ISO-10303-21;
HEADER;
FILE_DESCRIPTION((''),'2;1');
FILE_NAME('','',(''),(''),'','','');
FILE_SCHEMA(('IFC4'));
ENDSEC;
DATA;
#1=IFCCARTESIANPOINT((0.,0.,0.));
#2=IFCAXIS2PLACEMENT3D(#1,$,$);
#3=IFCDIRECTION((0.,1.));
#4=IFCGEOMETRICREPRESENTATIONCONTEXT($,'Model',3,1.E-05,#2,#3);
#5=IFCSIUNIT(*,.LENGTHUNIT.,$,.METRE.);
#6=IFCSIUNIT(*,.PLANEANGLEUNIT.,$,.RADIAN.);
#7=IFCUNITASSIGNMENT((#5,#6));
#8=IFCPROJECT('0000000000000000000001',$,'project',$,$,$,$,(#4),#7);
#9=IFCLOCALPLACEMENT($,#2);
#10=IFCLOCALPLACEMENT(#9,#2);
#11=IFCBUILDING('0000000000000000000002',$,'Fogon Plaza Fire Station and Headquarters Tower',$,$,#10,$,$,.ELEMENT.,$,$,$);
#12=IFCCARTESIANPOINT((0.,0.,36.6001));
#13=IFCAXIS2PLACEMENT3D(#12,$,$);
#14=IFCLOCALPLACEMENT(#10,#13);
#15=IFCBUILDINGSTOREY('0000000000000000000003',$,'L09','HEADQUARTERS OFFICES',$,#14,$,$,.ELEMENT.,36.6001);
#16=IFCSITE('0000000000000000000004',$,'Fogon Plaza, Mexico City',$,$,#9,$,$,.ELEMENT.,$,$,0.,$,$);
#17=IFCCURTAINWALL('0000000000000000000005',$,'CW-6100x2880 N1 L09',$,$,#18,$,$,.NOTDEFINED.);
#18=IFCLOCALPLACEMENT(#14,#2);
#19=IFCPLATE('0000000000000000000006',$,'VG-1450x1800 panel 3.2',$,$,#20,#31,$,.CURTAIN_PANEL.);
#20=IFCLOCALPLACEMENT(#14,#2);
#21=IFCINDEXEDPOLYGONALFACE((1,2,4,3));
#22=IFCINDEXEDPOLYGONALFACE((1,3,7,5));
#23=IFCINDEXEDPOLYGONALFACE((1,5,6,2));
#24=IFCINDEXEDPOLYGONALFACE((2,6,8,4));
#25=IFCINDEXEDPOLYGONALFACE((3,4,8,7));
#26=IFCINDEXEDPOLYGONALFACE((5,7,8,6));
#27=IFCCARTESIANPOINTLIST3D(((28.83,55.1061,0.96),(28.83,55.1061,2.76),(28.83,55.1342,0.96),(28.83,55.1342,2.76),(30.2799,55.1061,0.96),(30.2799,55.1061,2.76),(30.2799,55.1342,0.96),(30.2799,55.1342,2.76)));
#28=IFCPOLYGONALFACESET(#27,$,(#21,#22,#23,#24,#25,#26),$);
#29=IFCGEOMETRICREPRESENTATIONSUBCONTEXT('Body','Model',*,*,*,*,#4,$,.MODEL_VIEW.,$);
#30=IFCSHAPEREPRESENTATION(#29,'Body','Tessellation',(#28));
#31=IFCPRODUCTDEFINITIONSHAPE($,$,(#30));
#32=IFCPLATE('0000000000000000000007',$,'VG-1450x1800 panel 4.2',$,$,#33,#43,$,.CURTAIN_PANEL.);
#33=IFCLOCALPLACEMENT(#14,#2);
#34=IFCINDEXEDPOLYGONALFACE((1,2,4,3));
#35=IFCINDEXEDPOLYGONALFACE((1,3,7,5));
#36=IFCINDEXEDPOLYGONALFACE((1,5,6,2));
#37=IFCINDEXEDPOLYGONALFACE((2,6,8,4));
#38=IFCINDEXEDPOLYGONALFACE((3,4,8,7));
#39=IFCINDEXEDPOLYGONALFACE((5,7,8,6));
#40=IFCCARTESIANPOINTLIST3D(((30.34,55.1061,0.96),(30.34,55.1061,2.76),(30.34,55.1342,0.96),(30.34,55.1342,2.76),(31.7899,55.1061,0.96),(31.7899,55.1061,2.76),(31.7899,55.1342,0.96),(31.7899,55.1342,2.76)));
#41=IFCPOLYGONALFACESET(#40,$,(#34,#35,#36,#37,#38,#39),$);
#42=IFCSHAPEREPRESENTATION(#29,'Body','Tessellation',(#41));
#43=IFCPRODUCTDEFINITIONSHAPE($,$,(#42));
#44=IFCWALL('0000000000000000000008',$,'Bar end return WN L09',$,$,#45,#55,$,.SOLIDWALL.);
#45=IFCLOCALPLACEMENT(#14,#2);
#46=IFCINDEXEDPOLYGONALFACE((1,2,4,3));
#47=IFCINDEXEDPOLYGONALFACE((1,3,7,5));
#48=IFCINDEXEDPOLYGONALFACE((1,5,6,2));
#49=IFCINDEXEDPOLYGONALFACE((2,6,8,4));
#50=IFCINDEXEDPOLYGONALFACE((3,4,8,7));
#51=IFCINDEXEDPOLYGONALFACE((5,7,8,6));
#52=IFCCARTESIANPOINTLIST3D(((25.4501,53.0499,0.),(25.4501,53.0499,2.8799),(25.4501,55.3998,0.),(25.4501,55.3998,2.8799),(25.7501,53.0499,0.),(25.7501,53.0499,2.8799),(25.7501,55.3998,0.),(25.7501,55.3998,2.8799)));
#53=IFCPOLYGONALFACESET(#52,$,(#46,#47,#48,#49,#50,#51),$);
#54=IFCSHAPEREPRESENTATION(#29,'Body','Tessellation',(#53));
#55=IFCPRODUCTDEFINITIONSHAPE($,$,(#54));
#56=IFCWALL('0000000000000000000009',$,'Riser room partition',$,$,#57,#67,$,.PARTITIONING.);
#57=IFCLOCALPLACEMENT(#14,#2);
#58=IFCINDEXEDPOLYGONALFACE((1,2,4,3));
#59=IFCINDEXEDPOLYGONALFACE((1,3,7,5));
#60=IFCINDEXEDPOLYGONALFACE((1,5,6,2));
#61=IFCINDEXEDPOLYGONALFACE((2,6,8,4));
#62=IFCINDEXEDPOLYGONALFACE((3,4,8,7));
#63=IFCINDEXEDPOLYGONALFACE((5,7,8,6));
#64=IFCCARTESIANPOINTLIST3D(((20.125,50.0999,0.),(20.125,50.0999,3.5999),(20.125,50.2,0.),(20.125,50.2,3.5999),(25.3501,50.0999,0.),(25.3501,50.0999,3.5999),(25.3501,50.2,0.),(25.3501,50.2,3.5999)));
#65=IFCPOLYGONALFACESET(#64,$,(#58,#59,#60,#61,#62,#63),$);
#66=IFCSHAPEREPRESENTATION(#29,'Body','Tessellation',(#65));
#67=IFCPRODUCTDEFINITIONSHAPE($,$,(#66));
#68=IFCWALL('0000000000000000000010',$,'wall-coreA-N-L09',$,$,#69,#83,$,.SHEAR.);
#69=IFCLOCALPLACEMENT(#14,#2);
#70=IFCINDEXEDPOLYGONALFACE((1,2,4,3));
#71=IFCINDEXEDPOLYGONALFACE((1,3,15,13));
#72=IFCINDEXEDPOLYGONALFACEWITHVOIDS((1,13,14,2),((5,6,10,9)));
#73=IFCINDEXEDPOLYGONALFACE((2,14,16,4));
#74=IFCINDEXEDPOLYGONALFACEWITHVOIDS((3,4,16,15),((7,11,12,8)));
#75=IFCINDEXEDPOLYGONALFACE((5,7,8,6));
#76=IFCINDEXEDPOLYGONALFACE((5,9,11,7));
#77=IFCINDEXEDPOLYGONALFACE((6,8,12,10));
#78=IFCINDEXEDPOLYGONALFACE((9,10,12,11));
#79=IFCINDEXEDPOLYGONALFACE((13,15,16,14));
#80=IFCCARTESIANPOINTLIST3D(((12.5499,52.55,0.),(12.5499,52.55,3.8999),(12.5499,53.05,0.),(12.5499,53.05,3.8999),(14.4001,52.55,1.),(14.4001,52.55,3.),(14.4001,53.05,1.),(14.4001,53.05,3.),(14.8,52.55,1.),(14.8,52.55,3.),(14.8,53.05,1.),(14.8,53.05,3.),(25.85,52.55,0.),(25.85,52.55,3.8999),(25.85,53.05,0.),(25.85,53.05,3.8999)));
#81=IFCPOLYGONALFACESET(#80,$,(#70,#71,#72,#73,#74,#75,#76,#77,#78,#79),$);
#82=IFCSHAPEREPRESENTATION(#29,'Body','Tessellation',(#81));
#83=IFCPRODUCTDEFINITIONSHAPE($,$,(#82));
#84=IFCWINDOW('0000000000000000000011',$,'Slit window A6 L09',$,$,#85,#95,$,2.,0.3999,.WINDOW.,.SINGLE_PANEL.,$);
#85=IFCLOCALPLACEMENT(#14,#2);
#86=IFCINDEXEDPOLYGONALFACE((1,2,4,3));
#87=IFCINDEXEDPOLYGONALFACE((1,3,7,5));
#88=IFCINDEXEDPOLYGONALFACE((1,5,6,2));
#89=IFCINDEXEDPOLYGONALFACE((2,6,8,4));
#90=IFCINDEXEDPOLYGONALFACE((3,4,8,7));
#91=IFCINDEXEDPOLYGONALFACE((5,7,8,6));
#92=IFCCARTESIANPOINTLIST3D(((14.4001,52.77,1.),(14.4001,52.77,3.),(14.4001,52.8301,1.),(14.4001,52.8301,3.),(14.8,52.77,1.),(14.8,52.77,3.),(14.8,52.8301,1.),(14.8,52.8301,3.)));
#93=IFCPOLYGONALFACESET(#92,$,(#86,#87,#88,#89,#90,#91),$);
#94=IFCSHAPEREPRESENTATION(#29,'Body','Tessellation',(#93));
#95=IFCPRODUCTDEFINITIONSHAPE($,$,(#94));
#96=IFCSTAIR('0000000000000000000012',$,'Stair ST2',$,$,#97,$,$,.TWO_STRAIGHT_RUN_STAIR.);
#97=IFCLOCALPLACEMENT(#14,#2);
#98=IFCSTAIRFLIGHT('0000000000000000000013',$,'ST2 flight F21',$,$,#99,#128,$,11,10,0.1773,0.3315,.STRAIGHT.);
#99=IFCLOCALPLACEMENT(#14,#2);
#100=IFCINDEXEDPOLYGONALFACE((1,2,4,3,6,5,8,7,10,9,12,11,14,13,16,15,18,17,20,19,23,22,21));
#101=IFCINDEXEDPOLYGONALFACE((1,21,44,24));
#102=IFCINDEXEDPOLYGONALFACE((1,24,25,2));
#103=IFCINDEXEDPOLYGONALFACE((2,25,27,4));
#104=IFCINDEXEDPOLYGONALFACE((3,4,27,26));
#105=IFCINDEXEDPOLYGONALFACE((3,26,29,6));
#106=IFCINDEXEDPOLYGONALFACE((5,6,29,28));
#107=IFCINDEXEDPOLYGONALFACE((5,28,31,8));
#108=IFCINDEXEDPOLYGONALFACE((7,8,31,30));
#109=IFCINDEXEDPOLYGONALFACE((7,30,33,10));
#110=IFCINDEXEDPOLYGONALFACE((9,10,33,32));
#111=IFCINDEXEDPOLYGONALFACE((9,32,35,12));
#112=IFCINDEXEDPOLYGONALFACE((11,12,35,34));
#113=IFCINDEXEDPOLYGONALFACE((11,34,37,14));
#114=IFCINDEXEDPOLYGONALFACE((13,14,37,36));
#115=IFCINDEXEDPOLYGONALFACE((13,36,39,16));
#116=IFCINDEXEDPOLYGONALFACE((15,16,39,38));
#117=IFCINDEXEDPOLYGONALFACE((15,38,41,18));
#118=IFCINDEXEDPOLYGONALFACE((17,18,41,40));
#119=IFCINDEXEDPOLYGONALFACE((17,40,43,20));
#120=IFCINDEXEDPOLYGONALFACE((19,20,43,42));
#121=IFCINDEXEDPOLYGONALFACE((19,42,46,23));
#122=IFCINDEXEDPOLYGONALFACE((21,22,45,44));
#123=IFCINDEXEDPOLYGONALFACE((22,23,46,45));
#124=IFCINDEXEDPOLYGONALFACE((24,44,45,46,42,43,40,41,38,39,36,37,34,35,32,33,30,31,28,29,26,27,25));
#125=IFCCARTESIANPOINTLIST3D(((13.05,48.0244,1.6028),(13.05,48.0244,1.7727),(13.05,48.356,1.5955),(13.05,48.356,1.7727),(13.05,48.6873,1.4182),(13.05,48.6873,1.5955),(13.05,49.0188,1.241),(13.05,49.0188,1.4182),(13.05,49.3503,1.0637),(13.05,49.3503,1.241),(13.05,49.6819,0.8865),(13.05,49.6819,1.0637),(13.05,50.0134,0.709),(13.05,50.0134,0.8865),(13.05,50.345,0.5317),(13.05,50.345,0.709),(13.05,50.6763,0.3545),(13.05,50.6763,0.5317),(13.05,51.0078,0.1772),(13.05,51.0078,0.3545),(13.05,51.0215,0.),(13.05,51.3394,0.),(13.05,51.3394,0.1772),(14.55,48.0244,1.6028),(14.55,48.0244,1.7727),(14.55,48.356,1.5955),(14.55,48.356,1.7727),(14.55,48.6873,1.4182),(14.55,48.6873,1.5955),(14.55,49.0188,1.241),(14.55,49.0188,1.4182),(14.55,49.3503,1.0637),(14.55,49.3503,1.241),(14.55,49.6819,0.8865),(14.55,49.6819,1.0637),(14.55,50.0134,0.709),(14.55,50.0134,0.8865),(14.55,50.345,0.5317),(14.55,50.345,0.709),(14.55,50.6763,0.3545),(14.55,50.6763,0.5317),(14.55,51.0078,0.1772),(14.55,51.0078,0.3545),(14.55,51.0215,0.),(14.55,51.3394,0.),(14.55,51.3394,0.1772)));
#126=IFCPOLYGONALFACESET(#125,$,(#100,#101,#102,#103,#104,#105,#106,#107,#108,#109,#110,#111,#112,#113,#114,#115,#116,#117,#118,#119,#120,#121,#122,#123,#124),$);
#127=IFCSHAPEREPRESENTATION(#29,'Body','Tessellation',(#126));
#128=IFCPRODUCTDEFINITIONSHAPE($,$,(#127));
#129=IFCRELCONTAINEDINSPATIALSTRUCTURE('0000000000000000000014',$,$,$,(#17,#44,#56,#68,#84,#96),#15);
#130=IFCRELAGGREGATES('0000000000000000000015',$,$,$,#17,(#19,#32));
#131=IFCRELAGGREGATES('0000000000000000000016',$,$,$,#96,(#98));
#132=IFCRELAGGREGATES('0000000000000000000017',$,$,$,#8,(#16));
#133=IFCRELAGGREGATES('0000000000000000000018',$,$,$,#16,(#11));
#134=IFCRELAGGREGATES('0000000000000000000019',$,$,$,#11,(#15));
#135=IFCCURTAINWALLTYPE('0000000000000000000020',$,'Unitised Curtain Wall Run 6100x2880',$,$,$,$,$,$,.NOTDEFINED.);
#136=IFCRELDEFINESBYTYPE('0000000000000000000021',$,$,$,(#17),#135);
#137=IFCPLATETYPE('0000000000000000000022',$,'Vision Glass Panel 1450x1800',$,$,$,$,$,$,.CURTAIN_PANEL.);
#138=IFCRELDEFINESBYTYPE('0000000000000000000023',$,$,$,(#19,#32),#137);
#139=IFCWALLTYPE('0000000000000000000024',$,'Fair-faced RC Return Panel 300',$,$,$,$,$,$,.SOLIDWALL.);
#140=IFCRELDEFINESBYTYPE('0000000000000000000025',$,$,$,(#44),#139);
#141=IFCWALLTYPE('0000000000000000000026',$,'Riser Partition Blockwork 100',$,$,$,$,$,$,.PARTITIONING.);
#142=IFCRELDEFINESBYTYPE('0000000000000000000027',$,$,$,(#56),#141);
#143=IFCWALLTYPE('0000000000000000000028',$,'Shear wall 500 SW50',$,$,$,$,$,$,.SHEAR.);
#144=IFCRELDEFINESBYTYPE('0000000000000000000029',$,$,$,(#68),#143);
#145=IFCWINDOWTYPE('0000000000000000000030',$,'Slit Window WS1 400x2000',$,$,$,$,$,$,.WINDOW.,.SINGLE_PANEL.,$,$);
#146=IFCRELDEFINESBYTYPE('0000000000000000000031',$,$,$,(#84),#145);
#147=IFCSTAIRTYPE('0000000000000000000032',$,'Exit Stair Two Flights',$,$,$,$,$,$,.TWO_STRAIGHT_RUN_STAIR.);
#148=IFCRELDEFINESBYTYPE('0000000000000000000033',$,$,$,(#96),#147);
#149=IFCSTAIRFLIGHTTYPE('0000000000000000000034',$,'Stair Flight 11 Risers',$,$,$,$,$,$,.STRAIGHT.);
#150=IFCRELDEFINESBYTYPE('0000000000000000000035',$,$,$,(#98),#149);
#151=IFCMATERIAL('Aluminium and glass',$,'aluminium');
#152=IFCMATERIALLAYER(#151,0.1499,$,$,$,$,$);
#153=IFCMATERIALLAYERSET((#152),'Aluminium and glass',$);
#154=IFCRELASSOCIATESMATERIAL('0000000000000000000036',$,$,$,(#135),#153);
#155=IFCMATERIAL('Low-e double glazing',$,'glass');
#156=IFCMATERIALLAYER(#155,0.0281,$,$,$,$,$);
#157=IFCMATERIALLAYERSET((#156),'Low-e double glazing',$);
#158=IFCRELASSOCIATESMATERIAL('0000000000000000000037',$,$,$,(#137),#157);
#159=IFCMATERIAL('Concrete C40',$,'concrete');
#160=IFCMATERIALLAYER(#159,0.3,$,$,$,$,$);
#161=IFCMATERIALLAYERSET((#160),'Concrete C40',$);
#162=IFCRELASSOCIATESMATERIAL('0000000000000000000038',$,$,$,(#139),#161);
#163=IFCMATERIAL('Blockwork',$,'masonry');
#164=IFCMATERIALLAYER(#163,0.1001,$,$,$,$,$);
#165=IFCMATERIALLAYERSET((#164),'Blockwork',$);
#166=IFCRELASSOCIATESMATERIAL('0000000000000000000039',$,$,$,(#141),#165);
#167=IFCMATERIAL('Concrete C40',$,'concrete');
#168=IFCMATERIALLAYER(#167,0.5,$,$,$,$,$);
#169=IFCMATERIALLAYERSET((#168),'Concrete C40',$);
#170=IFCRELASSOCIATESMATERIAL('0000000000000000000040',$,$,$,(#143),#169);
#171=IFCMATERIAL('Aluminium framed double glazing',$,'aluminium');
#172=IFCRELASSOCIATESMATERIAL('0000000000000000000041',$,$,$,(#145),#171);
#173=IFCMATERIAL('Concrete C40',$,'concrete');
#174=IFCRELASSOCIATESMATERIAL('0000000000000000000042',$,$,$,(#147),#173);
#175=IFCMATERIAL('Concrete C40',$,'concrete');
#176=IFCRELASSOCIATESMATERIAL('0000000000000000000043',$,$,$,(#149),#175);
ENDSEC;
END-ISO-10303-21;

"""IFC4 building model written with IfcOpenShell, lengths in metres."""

from ifc_helpers import new_model, si_unit, direction, frame, frame_2d, origin, origin_2d, place, context, subcontext, project, spatial, polyline, rectangle, outline, extrude, material, layer, layer_set, type_object, element, fill, aggregate, save


model = new_model("IFC4")

# Units and contexts
model_context = context("Model", 3, precision=1e-05, world=origin(), true_north=direction((0.0, 1.0)))
body_context = subcontext(model_context, "Body", "Model", "MODEL_VIEW")
ifc_project = project(units=[si_unit("LENGTHUNIT", "METRE"), si_unit("PLANEANGLEUNIT", "RADIAN")], contexts=[model_context])

# Site, building, storey
site_placement = place(None, origin())
site = spatial("IfcSite", under=ifc_project, at=site_placement, Name="Fogon Plaza, Mexico City", CompositionType="ELEMENT", RefElevation=0.0)
building_placement = place(site_placement, origin())
building = spatial("IfcBuilding", under=site, at=building_placement, Name="Fogon Plaza Fire Station and Headquarters Tower", CompositionType="ELEMENT")
storey_placement = place(building_placement, frame((0.0, 0.0, 36.6001)))
storey = spatial("IfcBuildingStorey", under=building, at=storey_placement, Name="L09", Description="HEADQUARTERS OFFICES", CompositionType="ELEMENT", Elevation=36.6001)

# Curtain wall
ifc_material_1 = material(Name="Aluminium and glass", Category="aluminium")
ifc_layer_1 = layer(ifc_material_1, 0.1499)
ifc_layer_set_1 = layer_set([ifc_layer_1], Name="Aluminium and glass")
curtain_wall_type = type_object("IfcCurtainWallType", Name="Unitised Curtain Wall Run 6100x2880", PredefinedType="NOTDEFINED", material=ifc_layer_set_1)
curtain_wall_placement = place(storey_placement, origin())
curtain_wall = element("IfcCurtainWall", 1, at=curtain_wall_placement, inside=storey, type_object=curtain_wall_type, Name="CW-6100x2880 N1 L09", PredefinedType="NOTDEFINED")

# Plates
ifc_material_2 = material(Name="Low-e double glazing", Category="glass")
ifc_layer_2 = layer(ifc_material_2, 0.0281)
ifc_layer_set_2 = layer_set([ifc_layer_2], Name="Low-e double glazing")
plate_type_1 = type_object("IfcPlateType", Name="Vision Glass Panel 1450x1800", PredefinedType="CURTAIN_PANEL", material=ifc_layer_set_2)
plate_1_placement = place(storey_placement, frame((29.5549, 55.1201, 0.96), z_axis=(0.0, 0.0, 1.0), x_axis=(1.0, 0.0, 0.0)))
plate_1 = element("IfcPlate", 2, at=plate_1_placement, type_object=plate_type_1, Name="VG-1450x1800 panel 3.2", PredefinedType="CURTAIN_PANEL", context=body_context, shape_type="SweptSolid", body=[
    extrude(rectangle(XDim=1.45, YDim=0.0281, at=origin_2d()), origin(), (0.0, 0.0, 1.0), 1.8),
])
plate_2_placement = place(storey_placement, frame((31.0649, 55.1201, 0.96), z_axis=(0.0, 0.0, 1.0), x_axis=(1.0, 0.0, 0.0)))
plate_2 = element("IfcPlate", 3, at=plate_2_placement, type_object=plate_type_1, Name="VG-1450x1800 panel 4.2", PredefinedType="CURTAIN_PANEL", context=body_context, shape_type="SweptSolid", body=[
    extrude(rectangle(XDim=1.45, YDim=0.0281, at=origin_2d()), origin(), (0.0, 0.0, 1.0), 1.8),
])
aggregate(curtain_wall, [plate_1, plate_2])

# Walls
ifc_material_3 = material(Name="Concrete C40", Category="concrete")
ifc_layer_3 = layer(ifc_material_3, 0.3)
ifc_layer_set_3 = layer_set([ifc_layer_3], Name="Concrete C40")
wall_type_1 = type_object("IfcWallType", Name="Fair-faced RC Return Panel 300", PredefinedType="SOLIDWALL", material=ifc_layer_set_3)
wall_1_placement = place(storey_placement, frame((25.6001, 53.05, 0.0), z_axis=(0.0, 0.0, 1.0), x_axis=(0.0, 1.0, 0.0)))
element("IfcWall", 4, at=wall_1_placement, inside=storey, type_object=wall_type_1, Name="Bar end return WN L09", PredefinedType="SOLIDWALL", context=body_context, shape_type="SweptSolid", body=[
    extrude(rectangle(XDim=2.3499, YDim=0.3, at=frame_2d((1.1748, 0.0))), origin(), (0.0, 0.0, 1.0), 2.8799),
])
ifc_material_4 = material(Name="Blockwork", Category="masonry")
ifc_layer_4 = layer(ifc_material_4, 0.1001)
ifc_layer_set_4 = layer_set([ifc_layer_4], Name="Blockwork")
wall_type_2 = type_object("IfcWallType", Name="Riser Partition Blockwork 100", PredefinedType="PARTITIONING", material=ifc_layer_set_4)
wall_2_placement = place(storey_placement, frame((20.125, 50.1499, 0.0), z_axis=(0.0, 0.0, 1.0), x_axis=(1.0, 0.0, 0.0)))
element("IfcWall", 5, at=wall_2_placement, inside=storey, type_object=wall_type_2, Name="Riser room partition", PredefinedType="PARTITIONING", context=body_context, shape_type="SweptSolid", body=[
    extrude(rectangle(XDim=5.2251, YDim=0.1001, at=frame_2d((2.6125, 0.0))), origin(), (0.0, 0.0, 1.0), 3.5999),
])

# Wall, opening, window
ifc_material_5 = material(Name="Concrete C40", Category="concrete")
ifc_layer_5 = layer(ifc_material_5, 0.5)
ifc_layer_set_5 = layer_set([ifc_layer_5], Name="Concrete C40")
wall_type_3 = type_object("IfcWallType", Name="Shear wall 500 SW50", PredefinedType="SHEAR", material=ifc_layer_set_5)
wall_3_placement = place(storey_placement, frame((12.55, 52.8, 0.0), z_axis=(0.0, 0.0, 1.0), x_axis=(1.0, 0.0, 0.0)))
wall_3 = element("IfcWall", 6, at=wall_3_placement, inside=storey, type_object=wall_type_3, Name="wall-coreA-N-L09", PredefinedType="SHEAR", context=body_context, shape_type="SweptSolid", body=[
    extrude(rectangle(XDim=13.3, YDim=0.5, at=frame_2d((6.6499, 0.0))), origin(), (0.0, 0.0, 1.0), 3.8999),
])
opening_placement = place(wall_3_placement, frame((1.8501, 0.0, 1.0)))
opening = element("IfcOpeningElement", 7, at=opening_placement, cuts=wall_3, PredefinedType="OPENING", context=body_context, shape_type="SweptSolid", body=[
    extrude(rectangle(XDim=0.3999, YDim=2.0, at=frame_2d((0.2, 1.0))), frame((0.0, 0.26, 0.0), z_axis=(0.0, -1.0, 0.0), x_axis=(1.0, 0.0, 0.0)), (0.0, 0.0, 1.0), 0.52),
])
ifc_material_6 = material(Name="Aluminium framed double glazing", Category="aluminium")
window_type = type_object("IfcWindowType", Name="Slit Window WS1 400x2000", PartitioningType="SINGLE_PANEL", PredefinedType="WINDOW", material=ifc_material_6)
window_placement = place(opening_placement, origin())
window = element("IfcWindow", 8, at=window_placement, inside=storey, type_object=window_type, Name="Slit window A6 L09", OverallHeight=2.0, OverallWidth=0.3999, PartitioningType="SINGLE_PANEL", PredefinedType="WINDOW", context=body_context, shape_type="SweptSolid", body=[
    extrude(rectangle(XDim=0.3999, YDim=2.0, at=frame_2d((0.2, 1.0))), frame((0.0, 0.03, 0.0), z_axis=(0.0, -1.0, 0.0), x_axis=(1.0, 0.0, 0.0)), (0.0, 0.0, 1.0), 0.0601),
])
fill(opening, window)

# Stair, stair flight
ifc_material_7 = material(Name="Concrete C40", Category="concrete")
stair_type = type_object("IfcStairType", Name="Exit Stair Two Flights", PredefinedType="TWO_STRAIGHT_RUN_STAIR", material=ifc_material_7)
stair_placement = place(storey_placement, origin())
stair = element("IfcStair", 9, at=stair_placement, inside=storey, type_object=stair_type, Name="Stair ST2", PredefinedType="TWO_STRAIGHT_RUN_STAIR")
ifc_material_8 = material(Name="Concrete C40", Category="concrete")
stair_flight_type = type_object("IfcStairFlightType", Name="Stair Flight 11 Risers", PredefinedType="STRAIGHT", material=ifc_material_8)
stair_flight_placement = place(storey_placement, frame((13.8, 51.3394, 0.0), z_axis=(0.0, 0.0, 1.0), x_axis=(0.0, -1.0, 0.0)))
stair_flight = element("IfcStairFlight", 10, at=stair_flight_placement, type_object=stair_flight_type, Name="ST2 flight F21", NumberOfRisers=11, NumberOfTreads=10, PredefinedType="STRAIGHT", RiserHeight=0.1773, TreadLength=0.3315, context=body_context, shape_type="SweptSolid", body=[
    extrude(outline(polyline([(0.0, 0.0), (0.0, 0.1772), (0.3315, 0.1772), (0.3315, 0.3545), (0.6631, 0.3545), (0.6631, 0.5317), (0.9944, 0.5317), (0.9944, 0.709), (1.3259, 0.709), (1.3259, 0.8865), (1.6575, 0.8865), (1.6575, 1.0637), (1.989, 1.0637), (1.989, 1.241), (2.3206, 1.241), (2.3206, 1.4182), (2.6521, 1.4182), (2.6521, 1.5955), (2.9834, 1.5955), (2.9834, 1.7727), (3.3149, 1.7727), (3.3149, 1.95), (3.3149, 1.6028), (0.3179, 0.0), (0.0, 0.0)])), frame((0.0, 0.75, 0.0), z_axis=(0.0, -1.0, 0.0), x_axis=(1.0, 0.0, 0.0)), (0.0, 0.0, 1.0), 1.5),
])
aggregate(stair, [stair_flight])

save(model, "model.ifc")
